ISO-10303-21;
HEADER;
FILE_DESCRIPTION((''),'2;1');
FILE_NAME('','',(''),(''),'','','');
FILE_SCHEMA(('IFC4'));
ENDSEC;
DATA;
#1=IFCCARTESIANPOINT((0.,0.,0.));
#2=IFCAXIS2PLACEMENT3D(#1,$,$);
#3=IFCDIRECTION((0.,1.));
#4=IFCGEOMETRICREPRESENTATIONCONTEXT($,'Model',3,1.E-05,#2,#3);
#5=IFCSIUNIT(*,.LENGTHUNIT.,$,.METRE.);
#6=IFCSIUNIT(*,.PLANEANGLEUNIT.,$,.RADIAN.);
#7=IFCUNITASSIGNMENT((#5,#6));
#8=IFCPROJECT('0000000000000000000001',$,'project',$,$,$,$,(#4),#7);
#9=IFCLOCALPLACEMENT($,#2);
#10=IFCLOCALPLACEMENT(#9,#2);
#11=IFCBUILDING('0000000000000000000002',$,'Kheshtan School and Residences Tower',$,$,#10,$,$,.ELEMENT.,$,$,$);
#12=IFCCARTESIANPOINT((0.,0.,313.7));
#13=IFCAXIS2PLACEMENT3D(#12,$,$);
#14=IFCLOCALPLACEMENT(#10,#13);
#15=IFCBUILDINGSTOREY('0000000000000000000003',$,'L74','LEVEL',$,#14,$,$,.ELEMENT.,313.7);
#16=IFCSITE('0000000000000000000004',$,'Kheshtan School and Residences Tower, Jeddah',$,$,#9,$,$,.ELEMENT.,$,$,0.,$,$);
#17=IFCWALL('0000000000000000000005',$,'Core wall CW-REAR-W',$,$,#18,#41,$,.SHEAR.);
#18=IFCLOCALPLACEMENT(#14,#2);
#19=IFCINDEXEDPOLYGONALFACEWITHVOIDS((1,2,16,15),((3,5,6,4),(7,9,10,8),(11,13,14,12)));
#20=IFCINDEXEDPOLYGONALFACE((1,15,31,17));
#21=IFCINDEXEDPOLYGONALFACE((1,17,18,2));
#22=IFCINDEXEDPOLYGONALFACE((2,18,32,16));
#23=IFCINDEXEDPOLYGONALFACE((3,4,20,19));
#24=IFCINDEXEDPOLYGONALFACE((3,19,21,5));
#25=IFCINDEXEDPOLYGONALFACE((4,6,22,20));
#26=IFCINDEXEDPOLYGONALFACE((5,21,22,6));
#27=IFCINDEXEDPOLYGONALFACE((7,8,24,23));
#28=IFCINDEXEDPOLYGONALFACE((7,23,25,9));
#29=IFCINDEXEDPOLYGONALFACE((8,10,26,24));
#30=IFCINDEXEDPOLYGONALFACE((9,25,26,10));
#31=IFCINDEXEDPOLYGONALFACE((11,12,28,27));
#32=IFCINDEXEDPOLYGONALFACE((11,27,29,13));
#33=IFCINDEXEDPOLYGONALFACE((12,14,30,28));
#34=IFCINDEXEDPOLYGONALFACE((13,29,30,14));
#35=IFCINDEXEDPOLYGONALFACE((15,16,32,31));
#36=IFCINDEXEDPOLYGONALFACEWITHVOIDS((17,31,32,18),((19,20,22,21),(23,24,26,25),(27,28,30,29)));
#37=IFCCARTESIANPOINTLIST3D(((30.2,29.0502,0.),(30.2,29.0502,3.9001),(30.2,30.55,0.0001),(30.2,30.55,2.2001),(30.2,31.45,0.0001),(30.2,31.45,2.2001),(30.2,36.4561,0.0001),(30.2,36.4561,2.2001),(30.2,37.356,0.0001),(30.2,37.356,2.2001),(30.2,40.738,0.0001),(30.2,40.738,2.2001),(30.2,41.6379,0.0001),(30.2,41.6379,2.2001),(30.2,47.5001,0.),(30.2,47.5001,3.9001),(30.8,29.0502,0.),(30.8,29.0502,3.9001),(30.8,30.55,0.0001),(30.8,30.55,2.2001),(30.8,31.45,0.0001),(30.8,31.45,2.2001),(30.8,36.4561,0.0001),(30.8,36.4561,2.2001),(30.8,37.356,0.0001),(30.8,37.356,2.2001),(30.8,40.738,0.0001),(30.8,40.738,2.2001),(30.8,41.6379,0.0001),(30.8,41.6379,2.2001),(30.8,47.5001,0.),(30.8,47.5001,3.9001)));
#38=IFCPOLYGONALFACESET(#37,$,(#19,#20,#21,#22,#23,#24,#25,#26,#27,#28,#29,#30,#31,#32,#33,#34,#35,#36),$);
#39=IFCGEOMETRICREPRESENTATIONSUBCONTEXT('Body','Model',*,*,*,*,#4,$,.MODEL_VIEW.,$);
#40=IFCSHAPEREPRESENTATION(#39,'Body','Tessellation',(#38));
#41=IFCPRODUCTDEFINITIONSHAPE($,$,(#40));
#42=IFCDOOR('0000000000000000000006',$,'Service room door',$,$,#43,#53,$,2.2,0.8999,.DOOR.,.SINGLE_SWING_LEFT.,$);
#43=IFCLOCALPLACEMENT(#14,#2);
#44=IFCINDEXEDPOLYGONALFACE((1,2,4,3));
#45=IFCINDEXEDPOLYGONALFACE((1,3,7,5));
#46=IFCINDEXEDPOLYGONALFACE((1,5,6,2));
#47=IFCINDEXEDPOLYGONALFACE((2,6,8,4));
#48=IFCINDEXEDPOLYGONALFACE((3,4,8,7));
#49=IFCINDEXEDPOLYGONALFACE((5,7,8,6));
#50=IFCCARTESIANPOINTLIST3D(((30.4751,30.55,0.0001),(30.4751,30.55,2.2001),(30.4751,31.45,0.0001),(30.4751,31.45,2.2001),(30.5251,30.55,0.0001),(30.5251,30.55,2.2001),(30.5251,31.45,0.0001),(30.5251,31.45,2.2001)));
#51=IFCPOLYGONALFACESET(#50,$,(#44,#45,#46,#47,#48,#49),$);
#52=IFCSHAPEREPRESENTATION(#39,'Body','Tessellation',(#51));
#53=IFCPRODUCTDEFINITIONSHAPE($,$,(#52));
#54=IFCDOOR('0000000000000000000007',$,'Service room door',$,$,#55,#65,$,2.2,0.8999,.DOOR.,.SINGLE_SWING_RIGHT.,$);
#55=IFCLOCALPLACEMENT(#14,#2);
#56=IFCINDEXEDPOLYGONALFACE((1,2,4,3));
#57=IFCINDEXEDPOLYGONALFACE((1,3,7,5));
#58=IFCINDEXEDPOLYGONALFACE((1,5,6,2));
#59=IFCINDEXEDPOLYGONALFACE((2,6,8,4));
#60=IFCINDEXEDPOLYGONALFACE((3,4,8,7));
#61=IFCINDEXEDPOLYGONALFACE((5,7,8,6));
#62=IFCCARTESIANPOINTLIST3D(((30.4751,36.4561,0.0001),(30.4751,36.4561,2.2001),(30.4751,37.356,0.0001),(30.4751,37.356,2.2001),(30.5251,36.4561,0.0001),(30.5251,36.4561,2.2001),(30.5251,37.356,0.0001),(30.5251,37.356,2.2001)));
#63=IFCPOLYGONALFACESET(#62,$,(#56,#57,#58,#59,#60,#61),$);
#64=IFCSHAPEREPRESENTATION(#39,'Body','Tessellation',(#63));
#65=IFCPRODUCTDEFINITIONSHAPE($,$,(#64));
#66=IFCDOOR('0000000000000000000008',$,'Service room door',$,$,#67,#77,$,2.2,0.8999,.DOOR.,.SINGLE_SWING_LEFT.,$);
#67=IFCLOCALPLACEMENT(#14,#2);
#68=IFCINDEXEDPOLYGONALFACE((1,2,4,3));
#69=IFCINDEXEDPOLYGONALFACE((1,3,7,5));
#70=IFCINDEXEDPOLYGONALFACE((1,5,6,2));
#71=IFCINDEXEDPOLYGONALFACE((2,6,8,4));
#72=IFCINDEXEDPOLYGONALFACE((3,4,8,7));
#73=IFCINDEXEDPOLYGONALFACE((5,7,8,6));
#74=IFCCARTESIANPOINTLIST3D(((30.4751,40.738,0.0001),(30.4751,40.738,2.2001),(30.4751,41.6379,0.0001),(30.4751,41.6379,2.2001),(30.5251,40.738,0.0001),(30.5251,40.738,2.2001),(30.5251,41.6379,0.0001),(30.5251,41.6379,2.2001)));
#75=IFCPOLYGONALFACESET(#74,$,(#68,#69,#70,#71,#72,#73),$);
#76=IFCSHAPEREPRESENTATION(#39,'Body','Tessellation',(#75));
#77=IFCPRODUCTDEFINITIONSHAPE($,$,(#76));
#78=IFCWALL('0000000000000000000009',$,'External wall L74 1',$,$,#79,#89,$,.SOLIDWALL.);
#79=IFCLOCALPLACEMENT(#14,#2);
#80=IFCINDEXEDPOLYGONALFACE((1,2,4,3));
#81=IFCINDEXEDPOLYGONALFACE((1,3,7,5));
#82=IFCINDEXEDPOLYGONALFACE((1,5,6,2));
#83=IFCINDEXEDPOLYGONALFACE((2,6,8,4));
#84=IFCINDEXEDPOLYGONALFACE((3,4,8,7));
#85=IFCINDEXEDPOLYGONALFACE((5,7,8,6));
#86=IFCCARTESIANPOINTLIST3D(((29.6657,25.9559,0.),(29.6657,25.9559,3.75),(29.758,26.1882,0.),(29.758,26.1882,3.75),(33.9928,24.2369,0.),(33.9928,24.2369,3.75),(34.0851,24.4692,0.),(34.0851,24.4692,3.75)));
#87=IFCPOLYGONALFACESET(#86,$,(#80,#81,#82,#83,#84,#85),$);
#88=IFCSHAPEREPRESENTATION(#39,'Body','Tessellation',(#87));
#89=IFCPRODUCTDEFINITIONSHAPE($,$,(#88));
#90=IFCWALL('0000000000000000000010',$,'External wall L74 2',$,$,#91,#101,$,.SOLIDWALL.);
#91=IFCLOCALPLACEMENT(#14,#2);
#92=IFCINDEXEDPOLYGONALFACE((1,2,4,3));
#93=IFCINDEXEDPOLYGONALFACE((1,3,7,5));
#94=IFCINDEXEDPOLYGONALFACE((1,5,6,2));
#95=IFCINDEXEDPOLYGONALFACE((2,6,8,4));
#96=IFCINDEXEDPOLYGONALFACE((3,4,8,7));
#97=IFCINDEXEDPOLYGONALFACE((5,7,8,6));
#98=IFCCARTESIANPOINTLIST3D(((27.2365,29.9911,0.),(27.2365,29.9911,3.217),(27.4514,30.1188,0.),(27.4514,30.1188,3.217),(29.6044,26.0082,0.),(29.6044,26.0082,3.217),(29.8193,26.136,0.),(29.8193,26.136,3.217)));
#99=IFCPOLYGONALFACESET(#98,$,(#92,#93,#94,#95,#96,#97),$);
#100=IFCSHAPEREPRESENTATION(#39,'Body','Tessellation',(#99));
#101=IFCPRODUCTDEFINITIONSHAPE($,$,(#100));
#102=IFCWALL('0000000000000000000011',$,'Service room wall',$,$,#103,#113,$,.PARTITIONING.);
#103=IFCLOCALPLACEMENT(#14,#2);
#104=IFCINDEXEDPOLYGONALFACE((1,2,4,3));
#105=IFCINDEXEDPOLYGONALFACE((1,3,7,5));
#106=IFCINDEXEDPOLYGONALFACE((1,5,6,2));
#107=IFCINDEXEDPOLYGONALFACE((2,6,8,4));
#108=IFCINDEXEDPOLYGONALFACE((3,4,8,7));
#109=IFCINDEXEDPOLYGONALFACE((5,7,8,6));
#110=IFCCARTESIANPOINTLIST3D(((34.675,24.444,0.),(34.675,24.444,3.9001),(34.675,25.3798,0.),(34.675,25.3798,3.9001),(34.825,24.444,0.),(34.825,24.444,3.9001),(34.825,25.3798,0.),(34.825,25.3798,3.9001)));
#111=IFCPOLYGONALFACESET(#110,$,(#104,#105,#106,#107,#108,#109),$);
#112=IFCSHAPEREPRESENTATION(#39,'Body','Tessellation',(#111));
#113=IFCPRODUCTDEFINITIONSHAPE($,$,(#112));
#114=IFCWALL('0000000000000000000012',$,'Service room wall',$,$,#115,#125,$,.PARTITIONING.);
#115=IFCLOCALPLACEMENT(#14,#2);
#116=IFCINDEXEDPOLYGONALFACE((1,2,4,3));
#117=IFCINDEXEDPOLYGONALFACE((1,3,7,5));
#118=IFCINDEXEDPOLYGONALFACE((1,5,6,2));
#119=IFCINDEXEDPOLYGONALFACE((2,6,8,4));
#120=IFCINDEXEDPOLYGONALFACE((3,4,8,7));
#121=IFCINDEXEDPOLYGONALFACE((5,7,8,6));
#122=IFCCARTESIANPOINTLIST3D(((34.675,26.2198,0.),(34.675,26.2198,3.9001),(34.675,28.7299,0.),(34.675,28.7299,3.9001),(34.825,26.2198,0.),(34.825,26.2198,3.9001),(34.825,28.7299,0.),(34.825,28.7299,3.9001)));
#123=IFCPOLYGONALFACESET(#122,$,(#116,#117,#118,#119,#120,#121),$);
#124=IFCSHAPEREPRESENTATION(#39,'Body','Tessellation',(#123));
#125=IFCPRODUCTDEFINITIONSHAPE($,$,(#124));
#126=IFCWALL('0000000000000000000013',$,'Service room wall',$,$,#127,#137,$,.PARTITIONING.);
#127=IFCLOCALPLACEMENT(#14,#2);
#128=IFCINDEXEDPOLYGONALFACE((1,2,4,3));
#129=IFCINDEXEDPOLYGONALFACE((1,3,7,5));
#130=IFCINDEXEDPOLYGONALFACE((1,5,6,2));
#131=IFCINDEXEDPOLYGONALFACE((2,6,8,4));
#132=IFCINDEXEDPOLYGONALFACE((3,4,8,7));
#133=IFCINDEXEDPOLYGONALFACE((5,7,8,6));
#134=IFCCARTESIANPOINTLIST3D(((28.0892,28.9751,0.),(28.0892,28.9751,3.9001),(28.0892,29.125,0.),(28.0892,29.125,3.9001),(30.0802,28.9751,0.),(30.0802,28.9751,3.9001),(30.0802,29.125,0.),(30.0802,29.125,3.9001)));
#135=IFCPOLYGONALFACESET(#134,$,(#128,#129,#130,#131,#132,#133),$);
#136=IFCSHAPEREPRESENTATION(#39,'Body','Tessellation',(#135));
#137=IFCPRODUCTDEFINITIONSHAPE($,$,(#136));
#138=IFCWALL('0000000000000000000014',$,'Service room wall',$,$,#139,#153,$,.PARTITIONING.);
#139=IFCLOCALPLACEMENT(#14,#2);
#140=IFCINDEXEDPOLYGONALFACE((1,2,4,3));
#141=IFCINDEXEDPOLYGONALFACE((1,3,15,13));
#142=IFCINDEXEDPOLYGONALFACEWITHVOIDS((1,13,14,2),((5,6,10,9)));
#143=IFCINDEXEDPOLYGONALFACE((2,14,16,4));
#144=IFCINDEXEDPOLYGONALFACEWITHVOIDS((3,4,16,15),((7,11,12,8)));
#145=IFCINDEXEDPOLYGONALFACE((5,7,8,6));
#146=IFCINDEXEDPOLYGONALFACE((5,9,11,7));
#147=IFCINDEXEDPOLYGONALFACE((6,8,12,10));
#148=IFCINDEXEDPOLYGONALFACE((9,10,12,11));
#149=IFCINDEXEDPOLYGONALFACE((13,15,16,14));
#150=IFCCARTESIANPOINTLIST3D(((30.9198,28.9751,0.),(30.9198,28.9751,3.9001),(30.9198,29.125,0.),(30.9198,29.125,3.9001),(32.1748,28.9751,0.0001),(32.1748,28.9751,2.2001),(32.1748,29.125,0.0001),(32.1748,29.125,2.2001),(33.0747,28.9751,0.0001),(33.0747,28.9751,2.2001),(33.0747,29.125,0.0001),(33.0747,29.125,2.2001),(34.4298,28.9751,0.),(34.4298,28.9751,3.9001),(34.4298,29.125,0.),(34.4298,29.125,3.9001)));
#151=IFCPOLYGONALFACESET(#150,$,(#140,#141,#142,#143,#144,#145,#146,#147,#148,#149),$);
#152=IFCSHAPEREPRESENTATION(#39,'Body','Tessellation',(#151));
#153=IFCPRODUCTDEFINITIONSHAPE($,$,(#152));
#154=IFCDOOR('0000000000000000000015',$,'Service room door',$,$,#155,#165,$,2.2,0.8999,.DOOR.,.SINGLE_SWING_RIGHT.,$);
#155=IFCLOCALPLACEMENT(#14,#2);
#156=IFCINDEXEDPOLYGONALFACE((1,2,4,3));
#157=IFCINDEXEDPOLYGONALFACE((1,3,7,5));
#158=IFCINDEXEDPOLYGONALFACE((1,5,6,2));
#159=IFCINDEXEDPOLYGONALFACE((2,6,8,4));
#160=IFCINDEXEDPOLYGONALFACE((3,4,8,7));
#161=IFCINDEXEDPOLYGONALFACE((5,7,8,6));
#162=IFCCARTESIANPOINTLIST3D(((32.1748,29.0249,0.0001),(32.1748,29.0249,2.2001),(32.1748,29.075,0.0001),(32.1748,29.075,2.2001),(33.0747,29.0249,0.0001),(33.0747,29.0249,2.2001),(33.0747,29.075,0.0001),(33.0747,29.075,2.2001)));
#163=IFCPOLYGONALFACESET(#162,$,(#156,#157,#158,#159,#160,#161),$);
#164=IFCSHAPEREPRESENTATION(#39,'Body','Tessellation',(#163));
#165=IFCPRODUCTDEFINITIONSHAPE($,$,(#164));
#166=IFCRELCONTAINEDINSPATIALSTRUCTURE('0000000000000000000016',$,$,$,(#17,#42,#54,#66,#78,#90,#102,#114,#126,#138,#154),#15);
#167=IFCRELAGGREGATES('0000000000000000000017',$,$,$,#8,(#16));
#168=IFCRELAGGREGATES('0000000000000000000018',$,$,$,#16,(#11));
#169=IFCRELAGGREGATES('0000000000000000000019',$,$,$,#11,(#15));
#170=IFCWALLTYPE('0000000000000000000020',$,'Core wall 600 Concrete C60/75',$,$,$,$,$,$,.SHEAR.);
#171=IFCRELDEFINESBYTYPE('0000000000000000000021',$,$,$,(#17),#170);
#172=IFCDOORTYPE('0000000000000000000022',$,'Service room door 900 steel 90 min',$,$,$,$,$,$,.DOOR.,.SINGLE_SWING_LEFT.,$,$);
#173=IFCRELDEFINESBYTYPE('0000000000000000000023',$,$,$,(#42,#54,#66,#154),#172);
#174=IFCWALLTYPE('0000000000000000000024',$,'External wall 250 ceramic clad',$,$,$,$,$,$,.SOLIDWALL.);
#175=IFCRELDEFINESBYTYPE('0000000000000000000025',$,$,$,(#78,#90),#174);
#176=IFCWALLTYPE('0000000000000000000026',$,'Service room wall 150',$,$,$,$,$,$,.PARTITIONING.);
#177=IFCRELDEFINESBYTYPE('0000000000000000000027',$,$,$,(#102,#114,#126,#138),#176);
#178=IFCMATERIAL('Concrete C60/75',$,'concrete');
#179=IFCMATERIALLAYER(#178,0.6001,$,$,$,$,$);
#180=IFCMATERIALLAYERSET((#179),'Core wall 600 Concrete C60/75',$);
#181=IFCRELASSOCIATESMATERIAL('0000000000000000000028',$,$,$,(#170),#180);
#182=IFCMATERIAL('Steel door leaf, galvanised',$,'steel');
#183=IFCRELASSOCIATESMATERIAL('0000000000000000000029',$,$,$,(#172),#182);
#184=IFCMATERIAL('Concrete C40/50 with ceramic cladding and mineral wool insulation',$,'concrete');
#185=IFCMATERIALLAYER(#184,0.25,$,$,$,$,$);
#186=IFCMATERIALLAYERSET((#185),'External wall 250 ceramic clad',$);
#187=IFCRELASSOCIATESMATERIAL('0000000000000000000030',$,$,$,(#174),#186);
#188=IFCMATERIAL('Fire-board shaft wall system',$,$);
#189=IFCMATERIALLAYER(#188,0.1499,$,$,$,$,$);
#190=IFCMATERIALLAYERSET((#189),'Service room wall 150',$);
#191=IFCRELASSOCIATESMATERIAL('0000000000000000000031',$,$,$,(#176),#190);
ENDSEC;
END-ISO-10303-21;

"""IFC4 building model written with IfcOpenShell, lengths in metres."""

from ifc_helpers import new_model, si_unit, direction, frame, frame_2d, origin, place, context, subcontext, project, spatial, rectangle, extrude, source, transform, mapped, material, layer, layer_set, type_object, element, fill, save


model = new_model("IFC4")

# Units and contexts
model_context = context("Model", 3, precision=1e-05, world=origin(), true_north=direction((0.0, 1.0)))
body_context = subcontext(model_context, "Body", "Model", "MODEL_VIEW")
ifc_project = project(units=[si_unit("LENGTHUNIT", "METRE"), si_unit("PLANEANGLEUNIT", "RADIAN")], contexts=[model_context])

# Site, building, storey
site_placement = place(None, origin())
site = spatial("IfcSite", under=ifc_project, at=site_placement, Name="Kheshtan School and Residences Tower, Jeddah", CompositionType="ELEMENT", RefElevation=0.0)
building_placement = place(site_placement, origin())
building = spatial("IfcBuilding", under=site, at=building_placement, Name="Kheshtan School and Residences Tower", CompositionType="ELEMENT")
storey_placement = place(building_placement, frame((0.0, 0.0, 313.7)))
storey = spatial("IfcBuildingStorey", under=building, at=storey_placement, Name="L74", Description="LEVEL", CompositionType="ELEMENT", Elevation=313.7)

# Shared definitions
ifc_material_1 = material(Name="Concrete C60/75", Category="concrete")
ifc_layer_1 = layer(ifc_material_1, 0.6001)
ifc_layer_set_1 = layer_set([ifc_layer_1], Name="Core wall 600 Concrete C60/75")
wall_type_1 = type_object("IfcWallType", Name="Core wall 600 Concrete C60/75", PredefinedType="SHEAR", material=ifc_layer_set_1)

# Wall, openings, doors
wall_1_placement = place(storey_placement, frame((30.5, 29.05, 0.0), z_axis=(0.0, 0.0, 1.0), x_axis=(0.0, 1.0, 0.0)))
wall_1 = element("IfcWall", 1, at=wall_1_placement, inside=storey, type_object=wall_type_1, Name="Core wall CW-REAR-W", PredefinedType="SHEAR", context=body_context, shape_type="SweptSolid", body=[
    extrude(rectangle(XDim=18.45, YDim=0.6001, at=frame_2d((9.2251, 0.0))), origin(), (0.0, 0.0, 1.0), 3.9001),
])
opening_1_placement = place(wall_1_placement, frame((1.5, 0.0, 0.0)))
opening_1 = element("IfcOpeningElement", 2, at=opening_1_placement, cuts=wall_1, PredefinedType="OPENING", context=body_context, shape_type="SweptSolid", body=[
    extrude(rectangle(XDim=0.8999, YDim=2.2, at=frame_2d((0.45, 1.1001))), frame((0.0, 0.3101, 0.0), z_axis=(0.0, -1.0, 0.0), x_axis=(1.0, 0.0, 0.0)), (0.0, 0.0, 1.0), 0.6201),
])
opening_2_placement = place(wall_1_placement, frame((7.406, 0.0, 0.0)))
opening_2 = element("IfcOpeningElement", 3, at=opening_2_placement, cuts=wall_1, PredefinedType="OPENING", context=body_context, shape_type="SweptSolid", body=[
    extrude(rectangle(XDim=0.8999, YDim=2.2, at=frame_2d((0.45, 1.1001))), frame((0.0, 0.3101, 0.0), z_axis=(0.0, -1.0, 0.0), x_axis=(1.0, 0.0, 0.0)), (0.0, 0.0, 1.0), 0.6201),
])
opening_3_placement = place(wall_1_placement, frame((11.688, 0.0, 0.0)))
opening_3 = element("IfcOpeningElement", 4, at=opening_3_placement, cuts=wall_1, PredefinedType="OPENING", context=body_context, shape_type="SweptSolid", body=[
    extrude(rectangle(XDim=0.8999, YDim=2.2, at=frame_2d((0.45, 1.1001))), frame((0.0, 0.3101, 0.0), z_axis=(0.0, -1.0, 0.0), x_axis=(1.0, 0.0, 0.0)), (0.0, 0.0, 1.0), 0.6201),
])
ifc_material_2 = material(Name="Steel door leaf, galvanised", Category="steel")
door_type = type_object("IfcDoorType", Name="Service room door 900 steel 90 min", OperationType="SINGLE_SWING_LEFT", PredefinedType="DOOR", material=ifc_material_2)
shared_shape = source(origin(), body_context, "Body", "SweptSolid", [
    extrude(rectangle(XDim=0.8999, YDim=2.2, at=frame_2d((0.45, 1.1001))), frame((0.0, 0.0249, 0.0), z_axis=(0.0, -1.0, 0.0), x_axis=(1.0, 0.0, 0.0)), (0.0, 0.0, 1.0), 0.05),
])
door_1_placement = place(opening_1_placement, origin())
door_1 = element("IfcDoor", 5, at=door_1_placement, inside=storey, type_object=door_type, Name="Service room door", OperationType="SINGLE_SWING_LEFT", OverallHeight=2.2, OverallWidth=0.8999, PredefinedType="DOOR", context=body_context, shape_type="MappedRepresentation", body=[
    mapped(shared_shape, transform((0.0, 0.0, 0.0), x_axis=(1.0, 0.0, 0.0), y_axis=(0.0, 1.0, 0.0), z_axis=(0.0, 0.0, 1.0), scale=1.0)),
])
fill(opening_1, door_1)
door_2_placement = place(opening_2_placement, origin())
door_2 = element("IfcDoor", 6, at=door_2_placement, inside=storey, type_object=door_type, Name="Service room door", OperationType="SINGLE_SWING_RIGHT", OverallHeight=2.2, OverallWidth=0.8999, PredefinedType="DOOR", context=body_context, shape_type="MappedRepresentation", body=[
    mapped(shared_shape, transform((0.0, 0.0, 0.0), x_axis=(1.0, 0.0, 0.0), y_axis=(0.0, 1.0, 0.0), z_axis=(0.0, 0.0, 1.0), scale=1.0)),
])
fill(opening_2, door_2)
door_3_placement = place(opening_3_placement, origin())
door_3 = element("IfcDoor", 7, at=door_3_placement, inside=storey, type_object=door_type, Name="Service room door", OperationType="SINGLE_SWING_LEFT", OverallHeight=2.2, OverallWidth=0.8999, PredefinedType="DOOR", context=body_context, shape_type="MappedRepresentation", body=[
    mapped(shared_shape, transform((0.0, 0.0, 0.0), x_axis=(1.0, 0.0, 0.0), y_axis=(0.0, 1.0, 0.0), z_axis=(0.0, 0.0, 1.0), scale=1.0)),
])
fill(opening_3, door_3)

# Walls
ifc_material_3 = material(Name="Concrete C40/50 with ceramic cladding and mineral wool insulation", Category="concrete")
ifc_layer_2 = layer(ifc_material_3, 0.25)
ifc_layer_set_2 = layer_set([ifc_layer_2], Name="External wall 250 ceramic clad")
wall_type_2 = type_object("IfcWallType", Name="External wall 250 ceramic clad", PredefinedType="SOLIDWALL", material=ifc_layer_set_2)
wall_2_placement = place(storey_placement, frame((34.0391, 24.353, 0.0), z_axis=(0.0, 0.0, 1.0), x_axis=(-0.929353, 0.369193, 0.0)))
element("IfcWall", 8, at=wall_2_placement, inside=storey, type_object=wall_type_2, Name="External wall L74 1", PredefinedType="SOLIDWALL", context=body_context, shape_type="SweptSolid", body=[
    extrude(rectangle(XDim=4.656, YDim=0.25, at=frame_2d((2.3281, 0.0))), origin(), (0.0, 0.0, 1.0), 3.75),
])
wall_3_placement = place(storey_placement, frame((29.7119, 26.072, 0.0), z_axis=(0.0, 0.0, 1.0), x_axis=(-0.511028, 0.859564, 0.0)))
element("IfcWall", 9, at=wall_3_placement, inside=storey, type_object=wall_type_2, Name="External wall L74 2", PredefinedType="SOLIDWALL", context=body_context, shape_type="SweptSolid", body=[
    extrude(rectangle(XDim=4.6335, YDim=0.25, at=frame_2d((2.3169, 0.0))), origin(), (0.0, 0.0, 1.0), 3.217),
])
ifc_material_4 = material(Name="Fire-board shaft wall system")
ifc_layer_3 = layer(ifc_material_4, 0.1499)
ifc_layer_set_3 = layer_set([ifc_layer_3], Name="Service room wall 150")
wall_type_3 = type_object("IfcWallType", Name="Service room wall 150", PredefinedType="PARTITIONING", material=ifc_layer_set_3)
wall_4_placement = place(storey_placement, frame((34.75, 24.4441, 0.0), z_axis=(0.0, 0.0, 1.0), x_axis=(0.0, 1.0, 0.0)))
element("IfcWall", 10, at=wall_4_placement, inside=storey, type_object=wall_type_3, Name="Service room wall", PredefinedType="PARTITIONING", context=body_context, shape_type="SweptSolid", body=[
    extrude(rectangle(XDim=0.9358, YDim=0.1499, at=frame_2d((0.4678, 0.0))), origin(), (0.0, 0.0, 1.0), 3.9001),
])
wall_5_placement = place(storey_placement, frame((34.75, 26.22, 0.0), z_axis=(0.0, 0.0, 1.0), x_axis=(0.0, 1.0, 0.0)))
element("IfcWall", 11, at=wall_5_placement, inside=storey, type_object=wall_type_3, Name="Service room wall", PredefinedType="PARTITIONING", context=body_context, shape_type="SweptSolid", body=[
    extrude(rectangle(XDim=2.51, YDim=0.1499, at=frame_2d((1.2549, 0.0))), origin(), (0.0, 0.0, 1.0), 3.9001),
])
wall_6_placement = place(storey_placement, frame((28.0891, 29.05, 0.0), z_axis=(0.0, 0.0, 1.0), x_axis=(1.0, 0.0, 0.0)))
element("IfcWall", 12, at=wall_6_placement, inside=storey, type_object=wall_type_3, Name="Service room wall", PredefinedType="PARTITIONING", context=body_context, shape_type="SweptSolid", body=[
    extrude(rectangle(XDim=1.991, YDim=0.1499, at=frame_2d((0.9956, 0.0))), origin(), (0.0, 0.0, 1.0), 3.9001),
])

# Wall, opening, door
wall_7_placement = place(storey_placement, frame((30.9199, 29.05, 0.0), z_axis=(0.0, 0.0, 1.0), x_axis=(1.0, 0.0, 0.0)))
wall_7 = element("IfcWall", 13, at=wall_7_placement, inside=storey, type_object=wall_type_3, Name="Service room wall", PredefinedType="PARTITIONING", context=body_context, shape_type="SweptSolid", body=[
    extrude(rectangle(XDim=3.51, YDim=0.1499, at=frame_2d((1.7549, 0.0))), origin(), (0.0, 0.0, 1.0), 3.9001),
])
opening_4_placement = place(wall_7_placement, frame((1.2549, 0.0, 0.0)))
opening_4 = element("IfcOpeningElement", 14, at=opening_4_placement, cuts=wall_7, PredefinedType="OPENING", context=body_context, shape_type="SweptSolid", body=[
    extrude(rectangle(XDim=0.8999, YDim=2.2, at=frame_2d((0.45, 1.1001))), frame((0.0, 0.085, 0.0), z_axis=(0.0, -1.0, 0.0), x_axis=(1.0, 0.0, 0.0)), (0.0, 0.0, 1.0), 0.1699),
])
door_4_placement = place(opening_4_placement, origin())
door_4 = element("IfcDoor", 15, at=door_4_placement, inside=storey, type_object=door_type, Name="Service room door", OperationType="SINGLE_SWING_RIGHT", OverallHeight=2.2, OverallWidth=0.8999, PredefinedType="DOOR", context=body_context, shape_type="MappedRepresentation", body=[
    mapped(shared_shape, transform((0.0, 0.0, 0.0), x_axis=(1.0, 0.0, 0.0), y_axis=(0.0, 1.0, 0.0), z_axis=(0.0, 0.0, 1.0), scale=1.0)),
])
fill(opening_4, door_4)

save(model, "model.ifc")
